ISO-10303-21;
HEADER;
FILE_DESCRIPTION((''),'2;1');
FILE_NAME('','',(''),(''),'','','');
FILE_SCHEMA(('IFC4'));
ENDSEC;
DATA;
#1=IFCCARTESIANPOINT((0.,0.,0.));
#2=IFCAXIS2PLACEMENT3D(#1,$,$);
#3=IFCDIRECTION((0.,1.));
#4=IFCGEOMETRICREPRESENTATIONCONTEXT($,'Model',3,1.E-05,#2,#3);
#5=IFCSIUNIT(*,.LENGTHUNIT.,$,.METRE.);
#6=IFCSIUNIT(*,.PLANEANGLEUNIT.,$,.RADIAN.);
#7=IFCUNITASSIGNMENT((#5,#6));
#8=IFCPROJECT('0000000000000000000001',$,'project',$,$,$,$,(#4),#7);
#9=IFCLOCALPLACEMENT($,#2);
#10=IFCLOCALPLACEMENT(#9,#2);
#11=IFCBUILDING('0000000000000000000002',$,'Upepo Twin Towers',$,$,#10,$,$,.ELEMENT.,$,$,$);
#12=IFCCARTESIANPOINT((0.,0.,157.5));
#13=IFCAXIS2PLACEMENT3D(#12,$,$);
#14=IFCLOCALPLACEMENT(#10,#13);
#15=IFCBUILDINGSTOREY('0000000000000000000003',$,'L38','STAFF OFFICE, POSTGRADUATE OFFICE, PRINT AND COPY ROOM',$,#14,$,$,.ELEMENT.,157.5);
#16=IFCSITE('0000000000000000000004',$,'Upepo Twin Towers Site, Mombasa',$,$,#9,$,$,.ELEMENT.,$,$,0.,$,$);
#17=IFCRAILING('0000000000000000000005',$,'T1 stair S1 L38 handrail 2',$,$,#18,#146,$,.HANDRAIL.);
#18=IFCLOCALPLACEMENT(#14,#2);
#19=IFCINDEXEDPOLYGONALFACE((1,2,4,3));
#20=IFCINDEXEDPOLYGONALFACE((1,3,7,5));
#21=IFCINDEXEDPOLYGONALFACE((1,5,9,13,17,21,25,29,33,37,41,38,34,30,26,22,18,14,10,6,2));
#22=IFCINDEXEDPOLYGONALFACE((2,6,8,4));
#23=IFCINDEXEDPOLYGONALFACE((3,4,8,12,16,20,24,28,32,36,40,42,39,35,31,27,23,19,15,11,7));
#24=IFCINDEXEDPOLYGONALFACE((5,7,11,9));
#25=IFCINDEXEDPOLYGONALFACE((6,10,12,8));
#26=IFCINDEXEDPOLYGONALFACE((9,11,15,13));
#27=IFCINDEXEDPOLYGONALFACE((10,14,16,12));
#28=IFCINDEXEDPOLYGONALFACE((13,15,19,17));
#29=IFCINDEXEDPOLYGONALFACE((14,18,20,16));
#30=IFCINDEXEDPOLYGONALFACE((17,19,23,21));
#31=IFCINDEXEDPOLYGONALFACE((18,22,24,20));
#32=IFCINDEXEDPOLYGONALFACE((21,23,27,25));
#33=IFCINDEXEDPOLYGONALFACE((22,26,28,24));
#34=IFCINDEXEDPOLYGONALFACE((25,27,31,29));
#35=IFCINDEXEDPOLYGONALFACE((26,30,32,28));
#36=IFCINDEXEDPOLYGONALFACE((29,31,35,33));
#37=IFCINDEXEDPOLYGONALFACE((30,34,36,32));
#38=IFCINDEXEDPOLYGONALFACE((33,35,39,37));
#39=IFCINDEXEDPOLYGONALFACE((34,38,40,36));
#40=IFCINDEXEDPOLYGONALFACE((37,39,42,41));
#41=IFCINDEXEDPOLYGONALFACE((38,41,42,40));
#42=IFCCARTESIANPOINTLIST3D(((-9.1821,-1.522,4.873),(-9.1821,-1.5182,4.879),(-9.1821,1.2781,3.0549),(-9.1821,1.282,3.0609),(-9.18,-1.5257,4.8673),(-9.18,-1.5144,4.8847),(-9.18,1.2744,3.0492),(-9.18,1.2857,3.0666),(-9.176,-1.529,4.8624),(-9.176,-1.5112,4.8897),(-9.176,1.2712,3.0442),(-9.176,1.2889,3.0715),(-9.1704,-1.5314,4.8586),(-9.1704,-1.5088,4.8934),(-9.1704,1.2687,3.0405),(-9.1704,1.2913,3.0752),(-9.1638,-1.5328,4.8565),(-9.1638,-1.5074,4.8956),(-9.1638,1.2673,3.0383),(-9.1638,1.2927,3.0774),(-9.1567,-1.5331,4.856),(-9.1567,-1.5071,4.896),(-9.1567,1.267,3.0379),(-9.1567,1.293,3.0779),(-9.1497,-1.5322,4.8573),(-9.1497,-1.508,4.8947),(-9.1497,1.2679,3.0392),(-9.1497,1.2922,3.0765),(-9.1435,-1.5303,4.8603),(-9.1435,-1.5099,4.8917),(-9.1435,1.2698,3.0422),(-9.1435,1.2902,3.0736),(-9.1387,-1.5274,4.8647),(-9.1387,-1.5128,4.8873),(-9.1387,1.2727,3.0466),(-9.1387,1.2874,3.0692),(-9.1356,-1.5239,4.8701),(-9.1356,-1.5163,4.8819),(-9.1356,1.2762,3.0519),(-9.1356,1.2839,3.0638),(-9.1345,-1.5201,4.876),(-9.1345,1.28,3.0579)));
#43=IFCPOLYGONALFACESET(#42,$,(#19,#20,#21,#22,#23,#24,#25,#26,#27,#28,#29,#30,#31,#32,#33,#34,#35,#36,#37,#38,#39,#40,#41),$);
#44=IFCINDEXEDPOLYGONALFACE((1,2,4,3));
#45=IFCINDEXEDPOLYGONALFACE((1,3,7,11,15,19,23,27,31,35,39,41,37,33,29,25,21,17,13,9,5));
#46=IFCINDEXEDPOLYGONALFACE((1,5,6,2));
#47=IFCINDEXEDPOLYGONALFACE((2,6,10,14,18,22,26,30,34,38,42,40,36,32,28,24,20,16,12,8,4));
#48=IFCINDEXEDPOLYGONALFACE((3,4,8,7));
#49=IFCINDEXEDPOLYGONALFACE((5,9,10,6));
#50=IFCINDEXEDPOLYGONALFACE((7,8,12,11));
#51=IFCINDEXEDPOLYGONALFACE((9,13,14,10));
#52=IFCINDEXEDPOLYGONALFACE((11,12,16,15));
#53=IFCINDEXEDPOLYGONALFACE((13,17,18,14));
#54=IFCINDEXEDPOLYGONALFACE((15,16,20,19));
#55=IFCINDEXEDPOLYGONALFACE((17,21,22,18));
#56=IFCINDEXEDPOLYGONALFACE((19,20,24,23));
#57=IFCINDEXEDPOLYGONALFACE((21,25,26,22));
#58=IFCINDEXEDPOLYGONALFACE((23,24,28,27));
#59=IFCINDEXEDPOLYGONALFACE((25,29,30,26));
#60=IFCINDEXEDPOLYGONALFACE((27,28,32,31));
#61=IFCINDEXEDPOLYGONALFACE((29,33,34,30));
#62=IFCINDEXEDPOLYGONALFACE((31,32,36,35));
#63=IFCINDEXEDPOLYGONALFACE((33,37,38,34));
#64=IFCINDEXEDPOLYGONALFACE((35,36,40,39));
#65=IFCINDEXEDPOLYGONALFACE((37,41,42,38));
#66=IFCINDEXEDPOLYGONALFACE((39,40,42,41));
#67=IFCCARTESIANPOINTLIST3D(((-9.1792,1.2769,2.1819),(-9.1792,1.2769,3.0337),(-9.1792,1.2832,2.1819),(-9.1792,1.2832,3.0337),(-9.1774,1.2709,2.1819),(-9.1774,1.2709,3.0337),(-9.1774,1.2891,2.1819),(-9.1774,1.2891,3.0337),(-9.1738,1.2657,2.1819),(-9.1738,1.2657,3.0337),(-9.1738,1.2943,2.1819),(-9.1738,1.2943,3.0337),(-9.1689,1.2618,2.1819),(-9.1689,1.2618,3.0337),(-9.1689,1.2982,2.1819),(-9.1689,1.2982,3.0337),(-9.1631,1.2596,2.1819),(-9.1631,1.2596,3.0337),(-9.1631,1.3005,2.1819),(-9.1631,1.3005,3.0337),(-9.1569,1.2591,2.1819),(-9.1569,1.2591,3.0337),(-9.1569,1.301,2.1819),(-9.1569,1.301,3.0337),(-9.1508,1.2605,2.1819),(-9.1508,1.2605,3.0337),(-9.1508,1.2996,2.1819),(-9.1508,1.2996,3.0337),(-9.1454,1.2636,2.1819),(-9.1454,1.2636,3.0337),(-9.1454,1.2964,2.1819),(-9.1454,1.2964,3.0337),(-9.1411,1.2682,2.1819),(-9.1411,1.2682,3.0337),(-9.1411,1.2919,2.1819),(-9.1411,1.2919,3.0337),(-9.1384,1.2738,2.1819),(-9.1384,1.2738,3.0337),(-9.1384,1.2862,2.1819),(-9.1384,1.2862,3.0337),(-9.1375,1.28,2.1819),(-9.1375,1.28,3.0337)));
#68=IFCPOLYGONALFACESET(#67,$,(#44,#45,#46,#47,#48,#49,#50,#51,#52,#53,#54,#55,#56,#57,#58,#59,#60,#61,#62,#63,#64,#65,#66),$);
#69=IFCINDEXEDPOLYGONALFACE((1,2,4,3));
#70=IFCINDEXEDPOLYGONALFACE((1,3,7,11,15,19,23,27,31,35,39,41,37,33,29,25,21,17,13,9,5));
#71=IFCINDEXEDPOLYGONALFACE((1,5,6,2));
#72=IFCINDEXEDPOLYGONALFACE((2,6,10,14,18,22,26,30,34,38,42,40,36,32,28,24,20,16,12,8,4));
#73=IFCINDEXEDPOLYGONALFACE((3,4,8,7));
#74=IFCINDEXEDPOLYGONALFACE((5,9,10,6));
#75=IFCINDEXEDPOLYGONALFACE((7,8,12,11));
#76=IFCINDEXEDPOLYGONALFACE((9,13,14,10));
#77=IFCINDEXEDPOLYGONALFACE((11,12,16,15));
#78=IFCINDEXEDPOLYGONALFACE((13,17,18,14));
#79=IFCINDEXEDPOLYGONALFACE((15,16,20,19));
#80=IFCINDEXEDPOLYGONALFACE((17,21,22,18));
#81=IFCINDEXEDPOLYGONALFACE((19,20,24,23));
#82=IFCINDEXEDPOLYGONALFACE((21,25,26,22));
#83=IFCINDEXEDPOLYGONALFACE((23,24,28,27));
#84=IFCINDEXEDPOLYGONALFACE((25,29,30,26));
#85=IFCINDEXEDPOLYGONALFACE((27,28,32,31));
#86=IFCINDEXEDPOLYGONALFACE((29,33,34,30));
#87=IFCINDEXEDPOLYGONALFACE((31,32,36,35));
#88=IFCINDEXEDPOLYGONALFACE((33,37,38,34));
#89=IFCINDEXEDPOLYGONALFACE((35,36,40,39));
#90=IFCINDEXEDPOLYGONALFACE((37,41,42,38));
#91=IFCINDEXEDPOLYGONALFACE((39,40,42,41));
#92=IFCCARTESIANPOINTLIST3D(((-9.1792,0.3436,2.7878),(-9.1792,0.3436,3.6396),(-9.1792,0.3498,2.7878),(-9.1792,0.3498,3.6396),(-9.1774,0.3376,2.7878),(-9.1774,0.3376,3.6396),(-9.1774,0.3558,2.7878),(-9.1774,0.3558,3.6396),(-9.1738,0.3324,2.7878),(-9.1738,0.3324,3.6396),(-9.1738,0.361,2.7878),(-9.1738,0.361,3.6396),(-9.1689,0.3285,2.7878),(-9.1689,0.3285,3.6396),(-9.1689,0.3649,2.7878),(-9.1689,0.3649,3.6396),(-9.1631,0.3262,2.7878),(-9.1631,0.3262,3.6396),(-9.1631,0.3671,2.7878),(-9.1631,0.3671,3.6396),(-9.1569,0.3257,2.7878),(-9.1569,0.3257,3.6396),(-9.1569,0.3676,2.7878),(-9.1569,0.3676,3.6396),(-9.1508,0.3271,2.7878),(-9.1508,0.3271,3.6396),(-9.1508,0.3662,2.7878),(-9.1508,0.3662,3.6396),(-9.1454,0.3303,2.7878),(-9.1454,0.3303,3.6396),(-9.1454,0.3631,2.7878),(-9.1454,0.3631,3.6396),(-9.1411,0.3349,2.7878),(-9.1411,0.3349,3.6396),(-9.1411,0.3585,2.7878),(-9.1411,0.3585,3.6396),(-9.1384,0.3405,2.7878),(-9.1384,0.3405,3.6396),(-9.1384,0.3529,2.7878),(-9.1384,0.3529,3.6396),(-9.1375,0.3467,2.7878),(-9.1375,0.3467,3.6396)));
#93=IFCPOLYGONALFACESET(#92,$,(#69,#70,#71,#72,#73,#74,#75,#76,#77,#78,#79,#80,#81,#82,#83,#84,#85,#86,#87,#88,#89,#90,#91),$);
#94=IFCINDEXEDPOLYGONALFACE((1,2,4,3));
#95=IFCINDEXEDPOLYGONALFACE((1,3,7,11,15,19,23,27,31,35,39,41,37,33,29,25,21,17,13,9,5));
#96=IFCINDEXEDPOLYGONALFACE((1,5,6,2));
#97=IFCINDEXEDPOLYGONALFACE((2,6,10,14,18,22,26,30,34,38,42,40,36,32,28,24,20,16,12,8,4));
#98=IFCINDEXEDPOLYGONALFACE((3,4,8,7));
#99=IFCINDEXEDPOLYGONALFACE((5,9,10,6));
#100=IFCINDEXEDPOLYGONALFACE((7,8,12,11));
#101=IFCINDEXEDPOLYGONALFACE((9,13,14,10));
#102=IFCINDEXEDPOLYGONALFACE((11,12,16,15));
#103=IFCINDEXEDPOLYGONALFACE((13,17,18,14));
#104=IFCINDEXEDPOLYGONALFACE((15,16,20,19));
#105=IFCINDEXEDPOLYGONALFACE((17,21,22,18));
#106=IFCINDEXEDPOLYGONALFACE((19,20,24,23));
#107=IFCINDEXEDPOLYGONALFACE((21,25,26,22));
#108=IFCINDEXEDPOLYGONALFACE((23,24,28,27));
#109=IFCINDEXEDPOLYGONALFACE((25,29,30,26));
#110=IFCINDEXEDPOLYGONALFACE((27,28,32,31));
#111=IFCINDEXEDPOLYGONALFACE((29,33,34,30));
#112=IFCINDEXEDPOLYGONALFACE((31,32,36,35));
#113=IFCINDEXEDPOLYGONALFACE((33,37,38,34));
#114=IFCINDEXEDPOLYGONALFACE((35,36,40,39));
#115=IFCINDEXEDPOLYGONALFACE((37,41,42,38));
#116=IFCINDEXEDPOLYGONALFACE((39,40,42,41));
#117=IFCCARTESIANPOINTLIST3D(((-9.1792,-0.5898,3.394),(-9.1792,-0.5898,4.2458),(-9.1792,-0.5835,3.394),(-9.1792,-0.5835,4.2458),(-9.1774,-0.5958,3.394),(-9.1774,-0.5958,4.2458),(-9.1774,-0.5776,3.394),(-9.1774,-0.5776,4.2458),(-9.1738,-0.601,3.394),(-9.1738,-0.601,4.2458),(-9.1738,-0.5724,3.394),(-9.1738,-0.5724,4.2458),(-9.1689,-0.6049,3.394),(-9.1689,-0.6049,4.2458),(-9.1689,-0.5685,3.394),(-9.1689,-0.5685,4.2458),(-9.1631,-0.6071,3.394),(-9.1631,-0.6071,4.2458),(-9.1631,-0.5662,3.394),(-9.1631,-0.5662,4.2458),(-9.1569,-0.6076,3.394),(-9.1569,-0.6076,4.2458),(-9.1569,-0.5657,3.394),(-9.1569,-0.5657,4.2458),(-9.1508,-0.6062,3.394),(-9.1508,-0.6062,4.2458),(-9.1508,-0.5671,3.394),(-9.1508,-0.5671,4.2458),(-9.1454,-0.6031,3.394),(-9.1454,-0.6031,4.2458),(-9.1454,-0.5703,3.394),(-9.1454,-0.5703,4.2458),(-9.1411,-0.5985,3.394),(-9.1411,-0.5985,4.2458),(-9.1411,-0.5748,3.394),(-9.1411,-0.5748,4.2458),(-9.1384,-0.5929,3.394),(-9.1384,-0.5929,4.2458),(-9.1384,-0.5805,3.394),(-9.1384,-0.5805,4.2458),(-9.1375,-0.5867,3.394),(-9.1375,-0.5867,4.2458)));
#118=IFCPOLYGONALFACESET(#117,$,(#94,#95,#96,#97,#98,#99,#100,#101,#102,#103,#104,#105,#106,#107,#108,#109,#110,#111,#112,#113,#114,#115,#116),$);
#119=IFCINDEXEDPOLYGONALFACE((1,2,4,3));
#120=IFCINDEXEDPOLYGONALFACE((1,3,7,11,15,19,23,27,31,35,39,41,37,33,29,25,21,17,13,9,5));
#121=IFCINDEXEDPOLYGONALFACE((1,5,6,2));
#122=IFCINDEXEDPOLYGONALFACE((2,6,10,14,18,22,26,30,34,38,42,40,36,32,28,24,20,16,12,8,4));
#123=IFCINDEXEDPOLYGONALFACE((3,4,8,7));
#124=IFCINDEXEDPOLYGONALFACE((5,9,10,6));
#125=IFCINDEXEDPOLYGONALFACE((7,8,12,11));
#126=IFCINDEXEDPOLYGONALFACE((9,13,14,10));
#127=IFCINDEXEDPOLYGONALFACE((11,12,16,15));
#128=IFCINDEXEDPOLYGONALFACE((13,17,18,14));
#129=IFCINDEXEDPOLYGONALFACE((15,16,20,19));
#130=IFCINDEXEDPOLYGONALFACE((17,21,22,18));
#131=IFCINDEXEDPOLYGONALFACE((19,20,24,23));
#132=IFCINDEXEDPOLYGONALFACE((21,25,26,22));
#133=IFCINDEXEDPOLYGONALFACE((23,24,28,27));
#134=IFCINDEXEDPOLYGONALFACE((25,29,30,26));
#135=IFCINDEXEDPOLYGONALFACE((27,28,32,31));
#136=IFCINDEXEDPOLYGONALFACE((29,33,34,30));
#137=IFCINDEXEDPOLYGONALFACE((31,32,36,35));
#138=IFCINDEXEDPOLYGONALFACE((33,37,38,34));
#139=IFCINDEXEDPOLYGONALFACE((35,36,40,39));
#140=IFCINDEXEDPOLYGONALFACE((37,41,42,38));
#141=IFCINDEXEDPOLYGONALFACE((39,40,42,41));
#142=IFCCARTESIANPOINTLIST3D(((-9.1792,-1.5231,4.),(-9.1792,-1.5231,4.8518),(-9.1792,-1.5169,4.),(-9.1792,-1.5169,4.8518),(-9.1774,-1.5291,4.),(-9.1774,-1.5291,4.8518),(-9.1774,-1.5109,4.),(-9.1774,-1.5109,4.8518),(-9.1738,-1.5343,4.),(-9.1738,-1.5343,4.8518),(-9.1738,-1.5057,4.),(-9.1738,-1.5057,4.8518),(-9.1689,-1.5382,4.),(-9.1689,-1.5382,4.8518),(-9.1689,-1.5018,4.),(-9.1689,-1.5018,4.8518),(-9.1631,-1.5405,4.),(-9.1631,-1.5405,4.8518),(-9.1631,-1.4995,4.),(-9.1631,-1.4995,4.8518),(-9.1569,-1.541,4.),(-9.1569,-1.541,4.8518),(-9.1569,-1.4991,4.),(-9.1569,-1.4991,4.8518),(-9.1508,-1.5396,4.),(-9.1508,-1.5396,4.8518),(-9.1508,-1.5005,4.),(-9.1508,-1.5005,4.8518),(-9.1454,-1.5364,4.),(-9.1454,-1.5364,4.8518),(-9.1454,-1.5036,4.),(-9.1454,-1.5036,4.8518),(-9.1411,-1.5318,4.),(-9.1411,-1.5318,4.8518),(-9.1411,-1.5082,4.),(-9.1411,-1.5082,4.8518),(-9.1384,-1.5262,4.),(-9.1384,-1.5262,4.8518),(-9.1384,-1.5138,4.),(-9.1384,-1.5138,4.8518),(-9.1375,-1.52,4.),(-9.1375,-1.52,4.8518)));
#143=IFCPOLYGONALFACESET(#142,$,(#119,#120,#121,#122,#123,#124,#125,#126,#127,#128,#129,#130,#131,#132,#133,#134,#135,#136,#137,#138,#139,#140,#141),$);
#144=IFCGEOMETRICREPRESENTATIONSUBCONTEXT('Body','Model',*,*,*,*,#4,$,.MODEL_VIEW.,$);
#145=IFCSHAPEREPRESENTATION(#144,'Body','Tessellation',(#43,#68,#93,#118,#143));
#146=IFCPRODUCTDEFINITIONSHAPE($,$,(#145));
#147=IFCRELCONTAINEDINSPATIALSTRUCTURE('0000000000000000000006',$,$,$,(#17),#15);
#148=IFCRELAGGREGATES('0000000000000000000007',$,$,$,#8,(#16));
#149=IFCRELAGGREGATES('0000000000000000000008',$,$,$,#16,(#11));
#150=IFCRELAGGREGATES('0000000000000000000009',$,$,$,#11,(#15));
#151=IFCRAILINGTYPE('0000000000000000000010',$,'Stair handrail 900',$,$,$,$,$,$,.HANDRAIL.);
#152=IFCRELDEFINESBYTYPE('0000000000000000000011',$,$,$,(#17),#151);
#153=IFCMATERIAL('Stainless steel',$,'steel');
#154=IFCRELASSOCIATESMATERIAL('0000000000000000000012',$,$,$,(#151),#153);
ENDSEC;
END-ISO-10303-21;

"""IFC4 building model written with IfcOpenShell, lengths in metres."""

from ifc_helpers import new_model, si_unit, direction, frame, origin, origin_2d, place, context, subcontext, project, spatial, circle, extrude, material, type_object, element, save


model = new_model("IFC4")

# Units and contexts
model_context = context("Model", 3, precision=1e-05, world=origin(), true_north=direction((0.0, 1.0)))
body_context = subcontext(model_context, "Body", "Model", "MODEL_VIEW")
ifc_project = project(units=[si_unit("LENGTHUNIT", "METRE"), si_unit("PLANEANGLEUNIT", "RADIAN")], contexts=[model_context])

# Site, building, storey
site_placement = place(None, origin())
site = spatial("IfcSite", under=ifc_project, at=site_placement, Name="Upepo Twin Towers Site, Mombasa", CompositionType="ELEMENT", RefElevation=0.0)
building_placement = place(site_placement, origin())
building = spatial("IfcBuilding", under=site, at=building_placement, Name="Upepo Twin Towers", CompositionType="ELEMENT")
storey_placement = place(building_placement, frame((0.0, 0.0, 157.5)))
storey = spatial("IfcBuildingStorey", under=building, at=storey_placement, Name="L38", Description="STAFF OFFICE, POSTGRADUATE OFFICE, PRINT AND COPY ROOM", CompositionType="ELEMENT", Elevation=157.5)

# Railing
ifc_material_1 = material(Name="Stainless steel", Category="steel")
railing_type = type_object("IfcRailingType", Name="Stair handrail 900", PredefinedType="HANDRAIL", material=ifc_material_1)
railing_1_placement = place(storey_placement, frame((-9.1584, 1.28, 2.1819)))
element("IfcRailing", 1, at=railing_1_placement, inside=storey, type_object=railing_type, Name="T1 stair S1 L38 handrail 2", PredefinedType="HANDRAIL", context=body_context, shape_type="SweptSolid", body=[
    extrude(circle(Radius=0.0239, at=origin_2d()), frame((0.0, 0.0, 0.876), z_axis=(0.0, -0.838706, 0.544585), x_axis=(1.0, 0.0, 0.0)), (0.0, 0.0, 1.0), 3.3386),
    extrude(circle(Radius=0.021, at=origin_2d()), origin(), (0.0, 0.0, 1.0), 0.8518),
    extrude(circle(Radius=0.021, at=origin_2d()), frame((0.0, -0.9333, 0.606)), (0.0, 0.0, 1.0), 0.8518),
    extrude(circle(Radius=0.021, at=origin_2d()), frame((0.0, -1.8667, 1.2122)), (0.0, 0.0, 1.0), 0.8518),
    extrude(circle(Radius=0.021, at=origin_2d()), frame((0.0, -2.8, 1.8181)), (0.0, 0.0, 1.0), 0.8518),
])

save(model, "model.ifc")
